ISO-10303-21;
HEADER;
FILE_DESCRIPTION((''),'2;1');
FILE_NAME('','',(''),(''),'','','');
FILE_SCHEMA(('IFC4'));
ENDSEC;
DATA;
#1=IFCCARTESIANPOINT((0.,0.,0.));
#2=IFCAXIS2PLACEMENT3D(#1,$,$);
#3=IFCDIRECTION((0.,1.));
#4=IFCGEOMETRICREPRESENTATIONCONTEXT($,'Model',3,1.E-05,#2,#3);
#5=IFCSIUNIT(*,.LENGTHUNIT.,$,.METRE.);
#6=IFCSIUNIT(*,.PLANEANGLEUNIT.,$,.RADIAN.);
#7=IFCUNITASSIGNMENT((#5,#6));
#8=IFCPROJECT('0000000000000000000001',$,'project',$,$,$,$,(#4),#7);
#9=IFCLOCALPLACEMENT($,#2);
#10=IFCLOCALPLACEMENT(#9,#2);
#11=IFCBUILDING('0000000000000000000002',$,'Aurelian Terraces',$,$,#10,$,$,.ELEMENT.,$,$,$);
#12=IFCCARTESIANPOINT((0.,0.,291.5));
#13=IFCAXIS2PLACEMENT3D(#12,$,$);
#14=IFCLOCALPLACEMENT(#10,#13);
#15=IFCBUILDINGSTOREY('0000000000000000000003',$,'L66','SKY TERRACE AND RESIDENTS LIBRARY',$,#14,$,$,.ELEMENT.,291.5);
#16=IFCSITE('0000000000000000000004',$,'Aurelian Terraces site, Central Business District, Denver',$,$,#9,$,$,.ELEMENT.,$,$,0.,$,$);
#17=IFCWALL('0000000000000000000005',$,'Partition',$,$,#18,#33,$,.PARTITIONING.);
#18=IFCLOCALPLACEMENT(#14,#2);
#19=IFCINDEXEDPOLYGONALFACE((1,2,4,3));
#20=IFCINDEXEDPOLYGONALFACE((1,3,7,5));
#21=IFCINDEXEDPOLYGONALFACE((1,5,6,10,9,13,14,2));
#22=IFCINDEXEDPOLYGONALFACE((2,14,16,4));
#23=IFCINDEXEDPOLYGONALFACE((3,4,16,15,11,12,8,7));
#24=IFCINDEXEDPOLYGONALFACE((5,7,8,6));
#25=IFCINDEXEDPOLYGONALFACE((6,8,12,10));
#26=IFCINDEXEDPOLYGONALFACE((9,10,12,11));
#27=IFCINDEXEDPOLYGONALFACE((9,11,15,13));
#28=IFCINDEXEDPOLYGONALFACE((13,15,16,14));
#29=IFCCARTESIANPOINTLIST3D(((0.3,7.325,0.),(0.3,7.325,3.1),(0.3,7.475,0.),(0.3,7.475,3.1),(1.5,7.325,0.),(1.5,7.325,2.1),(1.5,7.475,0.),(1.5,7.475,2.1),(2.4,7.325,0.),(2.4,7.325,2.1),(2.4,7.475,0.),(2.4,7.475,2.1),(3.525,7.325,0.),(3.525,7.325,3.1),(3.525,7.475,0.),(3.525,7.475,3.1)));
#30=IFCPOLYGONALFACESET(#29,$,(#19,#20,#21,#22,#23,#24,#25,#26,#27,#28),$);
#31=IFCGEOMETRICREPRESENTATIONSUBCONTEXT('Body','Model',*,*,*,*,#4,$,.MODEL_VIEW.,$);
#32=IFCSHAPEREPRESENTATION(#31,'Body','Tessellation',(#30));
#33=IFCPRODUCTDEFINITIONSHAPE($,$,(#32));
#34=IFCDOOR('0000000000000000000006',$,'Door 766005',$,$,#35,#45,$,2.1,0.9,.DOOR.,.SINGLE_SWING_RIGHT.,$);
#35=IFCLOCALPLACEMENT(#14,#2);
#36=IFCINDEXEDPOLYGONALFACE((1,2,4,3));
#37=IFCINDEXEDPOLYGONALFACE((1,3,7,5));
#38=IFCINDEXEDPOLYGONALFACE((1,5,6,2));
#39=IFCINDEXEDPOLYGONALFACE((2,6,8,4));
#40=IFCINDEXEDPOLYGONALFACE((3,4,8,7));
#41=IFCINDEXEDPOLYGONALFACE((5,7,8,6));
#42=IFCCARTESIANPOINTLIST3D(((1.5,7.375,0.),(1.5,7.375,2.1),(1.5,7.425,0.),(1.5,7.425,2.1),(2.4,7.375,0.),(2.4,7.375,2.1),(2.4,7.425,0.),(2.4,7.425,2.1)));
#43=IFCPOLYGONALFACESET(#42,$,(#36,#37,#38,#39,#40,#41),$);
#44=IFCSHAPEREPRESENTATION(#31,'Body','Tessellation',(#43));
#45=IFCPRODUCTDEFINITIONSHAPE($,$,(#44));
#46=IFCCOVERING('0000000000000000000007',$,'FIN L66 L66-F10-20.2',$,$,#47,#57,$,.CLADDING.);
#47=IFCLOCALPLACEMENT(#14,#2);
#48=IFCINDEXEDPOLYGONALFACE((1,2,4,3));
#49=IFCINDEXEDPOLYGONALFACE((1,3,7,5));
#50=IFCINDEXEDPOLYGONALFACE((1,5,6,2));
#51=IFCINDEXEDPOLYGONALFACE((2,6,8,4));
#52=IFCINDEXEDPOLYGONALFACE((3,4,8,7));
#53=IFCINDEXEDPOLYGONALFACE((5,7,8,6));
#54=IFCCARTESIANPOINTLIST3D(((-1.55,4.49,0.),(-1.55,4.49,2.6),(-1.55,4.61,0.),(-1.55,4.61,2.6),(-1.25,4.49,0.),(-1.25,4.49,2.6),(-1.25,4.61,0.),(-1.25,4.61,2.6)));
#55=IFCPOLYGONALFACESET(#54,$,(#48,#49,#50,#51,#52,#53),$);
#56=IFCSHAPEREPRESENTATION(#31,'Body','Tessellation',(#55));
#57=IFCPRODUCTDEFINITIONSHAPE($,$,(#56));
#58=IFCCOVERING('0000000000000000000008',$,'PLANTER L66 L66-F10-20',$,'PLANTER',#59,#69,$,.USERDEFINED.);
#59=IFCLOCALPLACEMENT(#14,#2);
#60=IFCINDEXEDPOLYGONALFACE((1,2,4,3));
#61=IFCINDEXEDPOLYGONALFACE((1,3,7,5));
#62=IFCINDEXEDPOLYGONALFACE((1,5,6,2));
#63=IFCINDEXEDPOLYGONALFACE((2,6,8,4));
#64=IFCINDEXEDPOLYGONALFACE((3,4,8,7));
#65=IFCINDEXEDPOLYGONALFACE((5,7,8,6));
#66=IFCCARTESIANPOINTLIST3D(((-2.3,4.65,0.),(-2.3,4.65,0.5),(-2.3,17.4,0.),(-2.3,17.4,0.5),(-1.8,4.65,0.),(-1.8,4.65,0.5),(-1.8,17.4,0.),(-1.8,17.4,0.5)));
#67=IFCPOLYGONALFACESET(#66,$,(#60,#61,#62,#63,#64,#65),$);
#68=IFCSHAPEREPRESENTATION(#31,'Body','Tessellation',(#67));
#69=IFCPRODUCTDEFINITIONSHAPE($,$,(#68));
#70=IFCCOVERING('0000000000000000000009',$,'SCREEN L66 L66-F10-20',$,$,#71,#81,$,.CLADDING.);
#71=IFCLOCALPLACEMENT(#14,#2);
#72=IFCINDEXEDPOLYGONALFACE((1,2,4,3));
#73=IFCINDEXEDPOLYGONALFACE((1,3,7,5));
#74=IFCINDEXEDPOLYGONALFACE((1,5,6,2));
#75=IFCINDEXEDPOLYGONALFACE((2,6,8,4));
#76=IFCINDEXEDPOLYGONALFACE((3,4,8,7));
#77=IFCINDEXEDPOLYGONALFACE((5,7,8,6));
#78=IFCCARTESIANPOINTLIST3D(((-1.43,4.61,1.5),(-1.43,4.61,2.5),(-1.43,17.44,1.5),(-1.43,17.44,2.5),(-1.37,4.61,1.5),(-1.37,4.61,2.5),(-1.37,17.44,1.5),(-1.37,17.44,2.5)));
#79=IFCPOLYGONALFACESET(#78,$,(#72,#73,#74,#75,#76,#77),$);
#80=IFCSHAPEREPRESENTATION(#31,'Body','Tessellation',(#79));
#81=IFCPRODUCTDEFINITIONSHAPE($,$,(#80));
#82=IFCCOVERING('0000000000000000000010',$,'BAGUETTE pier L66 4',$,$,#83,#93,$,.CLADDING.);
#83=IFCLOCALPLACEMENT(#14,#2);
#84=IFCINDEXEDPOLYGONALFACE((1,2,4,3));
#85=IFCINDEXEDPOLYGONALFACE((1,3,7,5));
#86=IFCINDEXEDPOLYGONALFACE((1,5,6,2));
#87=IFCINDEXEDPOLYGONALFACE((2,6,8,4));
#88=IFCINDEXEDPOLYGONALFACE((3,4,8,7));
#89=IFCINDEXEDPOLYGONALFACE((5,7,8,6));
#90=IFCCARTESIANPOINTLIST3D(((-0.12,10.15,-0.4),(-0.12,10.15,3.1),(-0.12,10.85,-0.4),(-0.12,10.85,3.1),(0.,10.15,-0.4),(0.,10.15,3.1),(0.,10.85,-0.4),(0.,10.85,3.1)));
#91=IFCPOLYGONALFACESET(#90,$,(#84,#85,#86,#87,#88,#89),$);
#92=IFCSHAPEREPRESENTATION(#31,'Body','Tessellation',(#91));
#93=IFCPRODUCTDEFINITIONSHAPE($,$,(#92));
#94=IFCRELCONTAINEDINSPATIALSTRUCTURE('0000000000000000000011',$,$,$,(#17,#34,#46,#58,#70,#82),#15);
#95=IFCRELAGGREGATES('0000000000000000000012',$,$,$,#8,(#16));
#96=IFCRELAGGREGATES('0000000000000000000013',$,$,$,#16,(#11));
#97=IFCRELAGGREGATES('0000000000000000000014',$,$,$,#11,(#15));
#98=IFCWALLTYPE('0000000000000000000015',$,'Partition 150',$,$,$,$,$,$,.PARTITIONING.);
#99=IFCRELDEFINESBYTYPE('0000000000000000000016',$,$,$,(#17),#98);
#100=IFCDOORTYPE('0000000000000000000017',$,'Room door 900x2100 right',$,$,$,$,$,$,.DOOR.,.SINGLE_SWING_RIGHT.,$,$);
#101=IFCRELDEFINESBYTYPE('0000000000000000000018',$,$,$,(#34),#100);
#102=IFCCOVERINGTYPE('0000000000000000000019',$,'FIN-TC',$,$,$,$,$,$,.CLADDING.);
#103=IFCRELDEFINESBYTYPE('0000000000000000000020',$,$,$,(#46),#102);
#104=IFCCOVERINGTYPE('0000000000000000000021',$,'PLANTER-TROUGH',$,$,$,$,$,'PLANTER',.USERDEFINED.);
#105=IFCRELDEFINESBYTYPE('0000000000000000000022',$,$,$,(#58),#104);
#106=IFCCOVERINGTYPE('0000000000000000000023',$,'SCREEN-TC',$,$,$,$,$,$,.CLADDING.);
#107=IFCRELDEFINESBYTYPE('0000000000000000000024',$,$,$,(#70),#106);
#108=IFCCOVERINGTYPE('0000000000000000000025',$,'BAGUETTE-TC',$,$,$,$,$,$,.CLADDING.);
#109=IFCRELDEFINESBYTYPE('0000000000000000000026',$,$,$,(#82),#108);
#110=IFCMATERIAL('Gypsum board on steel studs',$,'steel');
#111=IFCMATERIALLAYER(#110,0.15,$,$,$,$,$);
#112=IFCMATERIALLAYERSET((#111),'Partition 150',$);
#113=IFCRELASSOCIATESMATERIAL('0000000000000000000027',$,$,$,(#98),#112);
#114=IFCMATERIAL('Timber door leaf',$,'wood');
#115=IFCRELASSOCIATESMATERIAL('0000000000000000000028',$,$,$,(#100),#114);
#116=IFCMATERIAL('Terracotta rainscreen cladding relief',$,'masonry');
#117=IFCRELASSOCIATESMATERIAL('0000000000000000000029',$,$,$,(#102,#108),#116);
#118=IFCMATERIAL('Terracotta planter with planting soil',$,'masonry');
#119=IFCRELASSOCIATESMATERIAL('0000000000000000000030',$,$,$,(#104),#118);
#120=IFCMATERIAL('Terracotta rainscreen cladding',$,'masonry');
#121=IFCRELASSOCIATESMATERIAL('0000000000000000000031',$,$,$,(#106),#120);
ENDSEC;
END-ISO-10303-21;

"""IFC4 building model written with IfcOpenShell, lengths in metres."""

from ifc_helpers import new_model, si_unit, direction, frame, frame_2d, origin, origin_2d, place, context, subcontext, project, spatial, rectangle, extrude, source, transform, mapped, material, layer, layer_set, type_object, element, fill, save


model = new_model("IFC4")

# Units and contexts
model_context = context("Model", 3, precision=1e-05, world=origin(), true_north=direction((0.0, 1.0)))
body_context = subcontext(model_context, "Body", "Model", "MODEL_VIEW")
ifc_project = project(units=[si_unit("LENGTHUNIT", "METRE"), si_unit("PLANEANGLEUNIT", "RADIAN")], contexts=[model_context])

# Site, building, storey
site_placement = place(None, origin())
site = spatial("IfcSite", under=ifc_project, at=site_placement, Name="Aurelian Terraces site, Central Business District, Denver", CompositionType="ELEMENT", RefElevation=0.0)
building_placement = place(site_placement, origin())
building = spatial("IfcBuilding", under=site, at=building_placement, Name="Aurelian Terraces", CompositionType="ELEMENT")
storey_placement = place(building_placement, frame((0.0, 0.0, 291.5)))
storey = spatial("IfcBuildingStorey", under=building, at=storey_placement, Name="L66", Description="SKY TERRACE AND RESIDENTS LIBRARY", CompositionType="ELEMENT", Elevation=291.5)

# Shared definitions
ifc_material_1 = material(Name="Terracotta rainscreen cladding", Category="masonry")

# Wall, opening, door
ifc_material_2 = material(Name="Gypsum board on steel studs", Category="steel")
ifc_layer_1 = layer(ifc_material_2, 0.15)
ifc_layer_set_1 = layer_set([ifc_layer_1], Name="Partition 150")
wall_type_1 = type_object("IfcWallType", Name="Partition 150", PredefinedType="PARTITIONING", material=ifc_layer_set_1)
shared_shape_1 = source(origin(), body_context, "Body", "SweptSolid", [
    extrude(rectangle(XDim=3.225, YDim=0.15, at=frame_2d((1.6125, 0.0))), origin(), (0.0, 0.0, 1.0), 3.1),
])
wall_1_placement = place(storey_placement, frame((0.3, 7.4, 0.0), z_axis=(0.0, 0.0, 1.0), x_axis=(1.0, 0.0, 0.0)))
wall_1 = element("IfcWall", 1, at=wall_1_placement, inside=storey, type_object=wall_type_1, Name="Partition", PredefinedType="PARTITIONING", context=body_context, shape_type="MappedRepresentation", body=[
    mapped(shared_shape_1, transform((0.0, 0.0, 0.0), scale=1.0)),
])
shared_shape_2 = source(origin(), body_context, "Body", "SweptSolid", [
    extrude(rectangle(XDim=0.9, YDim=2.1, at=frame_2d((0.45, 1.05))), frame((0.0, 0.085, 0.0), z_axis=(0.0, -1.0, 0.0), x_axis=(1.0, 0.0, 0.0)), (0.0, 0.0, 1.0), 0.17),
])
opening_1_placement = place(wall_1_placement, frame((1.2, 0.0, 0.0)))
opening_1 = element("IfcOpeningElement", 2, at=opening_1_placement, cuts=wall_1, PredefinedType="OPENING", context=body_context, shape_type="MappedRepresentation", body=[
    mapped(shared_shape_2, transform((0.0, 0.0, 0.0), scale=1.0)),
])
ifc_material_3 = material(Name="Timber door leaf", Category="wood")
door_type_1 = type_object("IfcDoorType", Name="Room door 900x2100 right", OperationType="SINGLE_SWING_RIGHT", PredefinedType="DOOR", material=ifc_material_3)
shared_shape_3 = source(origin(), body_context, "Body", "SweptSolid", [
    extrude(rectangle(XDim=0.9, YDim=2.1, at=frame_2d((0.45, 1.05))), frame((0.0, 0.025, 0.0), z_axis=(0.0, -1.0, 0.0), x_axis=(1.0, 0.0, 0.0)), (0.0, 0.0, 1.0), 0.05),
])
door_1_placement = place(opening_1_placement, origin())
door_1 = element("IfcDoor", 3, at=door_1_placement, inside=storey, type_object=door_type_1, Name="Door 766005", OperationType="SINGLE_SWING_RIGHT", OverallHeight=2.1, OverallWidth=0.9, PredefinedType="DOOR", context=body_context, shape_type="MappedRepresentation", body=[
    mapped(shared_shape_3, transform((0.0, 0.0, 0.0), scale=1.0)),
])
fill(opening_1, door_1)

# Coverings
ifc_material_4 = material(Name="Terracotta rainscreen cladding relief", Category="masonry")
covering_type_1 = type_object("IfcCoveringType", Name="FIN-TC", PredefinedType="CLADDING", material=ifc_material_4)
shared_shape_4 = source(origin(), body_context, "Body", "SweptSolid", [
    extrude(rectangle(XDim=0.3, YDim=0.12, at=origin_2d()), origin(), (0.0, 0.0, 1.0), 2.6),
])
covering_1_placement = place(storey_placement, frame((-1.4, 4.55, 0.0), z_axis=(0.0, 0.0, 1.0), x_axis=(1.0, 0.0, 0.0)))
element("IfcCovering", 4, at=covering_1_placement, inside=storey, type_object=covering_type_1, Name="FIN L66 L66-F10-20.2", PredefinedType="CLADDING", context=body_context, shape_type="MappedRepresentation", body=[
    mapped(shared_shape_4, transform((0.0, 0.0, 0.0), scale=1.0)),
])
ifc_material_5 = material(Name="Terracotta planter with planting soil", Category="masonry")
covering_type_2 = type_object("IfcCoveringType", Name="PLANTER-TROUGH", ElementType="PLANTER", PredefinedType="USERDEFINED", material=ifc_material_5)
shared_shape_5 = source(origin(), body_context, "Body", "SweptSolid", [
    extrude(rectangle(XDim=0.5, YDim=12.75, at=origin_2d()), origin(), (0.0, 0.0, 1.0), 0.5),
])
covering_2_placement = place(storey_placement, frame((-2.05, 11.025, 0.0), z_axis=(0.0, 0.0, 1.0), x_axis=(1.0, 0.0, 0.0)))
element("IfcCovering", 5, at=covering_2_placement, inside=storey, type_object=covering_type_2, Name="PLANTER L66 L66-F10-20", ObjectType="PLANTER", PredefinedType="USERDEFINED", context=body_context, shape_type="MappedRepresentation", body=[
    mapped(shared_shape_5, transform((0.0, 0.0, 0.0), scale=1.0)),
])
covering_type_3 = type_object("IfcCoveringType", Name="SCREEN-TC", PredefinedType="CLADDING", material=ifc_material_1)
shared_shape_6 = source(origin(), body_context, "Body", "SweptSolid", [
    extrude(rectangle(XDim=0.06, YDim=12.83, at=origin_2d()), origin(), (0.0, 0.0, 1.0), 1.0),
])
covering_3_placement = place(storey_placement, frame((-1.4, 11.025, 1.5), z_axis=(0.0, 0.0, 1.0), x_axis=(1.0, 0.0, 0.0)))
element("IfcCovering", 6, at=covering_3_placement, inside=storey, type_object=covering_type_3, Name="SCREEN L66 L66-F10-20", PredefinedType="CLADDING", context=body_context, shape_type="MappedRepresentation", body=[
    mapped(shared_shape_6, transform((0.0, 0.0, 0.0), scale=1.0)),
])
covering_type_4 = type_object("IfcCoveringType", Name="BAGUETTE-TC", PredefinedType="CLADDING", material=ifc_material_4)
shared_shape_7 = source(origin(), body_context, "Body", "SweptSolid", [
    extrude(rectangle(XDim=0.12, YDim=0.7, at=origin_2d()), origin(), (0.0, 0.0, 1.0), 3.5),
])
covering_4_placement = place(storey_placement, frame((-0.06, 10.5, -0.4), z_axis=(0.0, 0.0, 1.0), x_axis=(1.0, 0.0, 0.0)))
element("IfcCovering", 7, at=covering_4_placement, inside=storey, type_object=covering_type_4, Name="BAGUETTE pier L66 4", PredefinedType="CLADDING", context=body_context, shape_type="MappedRepresentation", body=[
    mapped(shared_shape_7, transform((0.0, 0.0, 0.0), scale=1.0)),
])

save(model, "model.ifc")
